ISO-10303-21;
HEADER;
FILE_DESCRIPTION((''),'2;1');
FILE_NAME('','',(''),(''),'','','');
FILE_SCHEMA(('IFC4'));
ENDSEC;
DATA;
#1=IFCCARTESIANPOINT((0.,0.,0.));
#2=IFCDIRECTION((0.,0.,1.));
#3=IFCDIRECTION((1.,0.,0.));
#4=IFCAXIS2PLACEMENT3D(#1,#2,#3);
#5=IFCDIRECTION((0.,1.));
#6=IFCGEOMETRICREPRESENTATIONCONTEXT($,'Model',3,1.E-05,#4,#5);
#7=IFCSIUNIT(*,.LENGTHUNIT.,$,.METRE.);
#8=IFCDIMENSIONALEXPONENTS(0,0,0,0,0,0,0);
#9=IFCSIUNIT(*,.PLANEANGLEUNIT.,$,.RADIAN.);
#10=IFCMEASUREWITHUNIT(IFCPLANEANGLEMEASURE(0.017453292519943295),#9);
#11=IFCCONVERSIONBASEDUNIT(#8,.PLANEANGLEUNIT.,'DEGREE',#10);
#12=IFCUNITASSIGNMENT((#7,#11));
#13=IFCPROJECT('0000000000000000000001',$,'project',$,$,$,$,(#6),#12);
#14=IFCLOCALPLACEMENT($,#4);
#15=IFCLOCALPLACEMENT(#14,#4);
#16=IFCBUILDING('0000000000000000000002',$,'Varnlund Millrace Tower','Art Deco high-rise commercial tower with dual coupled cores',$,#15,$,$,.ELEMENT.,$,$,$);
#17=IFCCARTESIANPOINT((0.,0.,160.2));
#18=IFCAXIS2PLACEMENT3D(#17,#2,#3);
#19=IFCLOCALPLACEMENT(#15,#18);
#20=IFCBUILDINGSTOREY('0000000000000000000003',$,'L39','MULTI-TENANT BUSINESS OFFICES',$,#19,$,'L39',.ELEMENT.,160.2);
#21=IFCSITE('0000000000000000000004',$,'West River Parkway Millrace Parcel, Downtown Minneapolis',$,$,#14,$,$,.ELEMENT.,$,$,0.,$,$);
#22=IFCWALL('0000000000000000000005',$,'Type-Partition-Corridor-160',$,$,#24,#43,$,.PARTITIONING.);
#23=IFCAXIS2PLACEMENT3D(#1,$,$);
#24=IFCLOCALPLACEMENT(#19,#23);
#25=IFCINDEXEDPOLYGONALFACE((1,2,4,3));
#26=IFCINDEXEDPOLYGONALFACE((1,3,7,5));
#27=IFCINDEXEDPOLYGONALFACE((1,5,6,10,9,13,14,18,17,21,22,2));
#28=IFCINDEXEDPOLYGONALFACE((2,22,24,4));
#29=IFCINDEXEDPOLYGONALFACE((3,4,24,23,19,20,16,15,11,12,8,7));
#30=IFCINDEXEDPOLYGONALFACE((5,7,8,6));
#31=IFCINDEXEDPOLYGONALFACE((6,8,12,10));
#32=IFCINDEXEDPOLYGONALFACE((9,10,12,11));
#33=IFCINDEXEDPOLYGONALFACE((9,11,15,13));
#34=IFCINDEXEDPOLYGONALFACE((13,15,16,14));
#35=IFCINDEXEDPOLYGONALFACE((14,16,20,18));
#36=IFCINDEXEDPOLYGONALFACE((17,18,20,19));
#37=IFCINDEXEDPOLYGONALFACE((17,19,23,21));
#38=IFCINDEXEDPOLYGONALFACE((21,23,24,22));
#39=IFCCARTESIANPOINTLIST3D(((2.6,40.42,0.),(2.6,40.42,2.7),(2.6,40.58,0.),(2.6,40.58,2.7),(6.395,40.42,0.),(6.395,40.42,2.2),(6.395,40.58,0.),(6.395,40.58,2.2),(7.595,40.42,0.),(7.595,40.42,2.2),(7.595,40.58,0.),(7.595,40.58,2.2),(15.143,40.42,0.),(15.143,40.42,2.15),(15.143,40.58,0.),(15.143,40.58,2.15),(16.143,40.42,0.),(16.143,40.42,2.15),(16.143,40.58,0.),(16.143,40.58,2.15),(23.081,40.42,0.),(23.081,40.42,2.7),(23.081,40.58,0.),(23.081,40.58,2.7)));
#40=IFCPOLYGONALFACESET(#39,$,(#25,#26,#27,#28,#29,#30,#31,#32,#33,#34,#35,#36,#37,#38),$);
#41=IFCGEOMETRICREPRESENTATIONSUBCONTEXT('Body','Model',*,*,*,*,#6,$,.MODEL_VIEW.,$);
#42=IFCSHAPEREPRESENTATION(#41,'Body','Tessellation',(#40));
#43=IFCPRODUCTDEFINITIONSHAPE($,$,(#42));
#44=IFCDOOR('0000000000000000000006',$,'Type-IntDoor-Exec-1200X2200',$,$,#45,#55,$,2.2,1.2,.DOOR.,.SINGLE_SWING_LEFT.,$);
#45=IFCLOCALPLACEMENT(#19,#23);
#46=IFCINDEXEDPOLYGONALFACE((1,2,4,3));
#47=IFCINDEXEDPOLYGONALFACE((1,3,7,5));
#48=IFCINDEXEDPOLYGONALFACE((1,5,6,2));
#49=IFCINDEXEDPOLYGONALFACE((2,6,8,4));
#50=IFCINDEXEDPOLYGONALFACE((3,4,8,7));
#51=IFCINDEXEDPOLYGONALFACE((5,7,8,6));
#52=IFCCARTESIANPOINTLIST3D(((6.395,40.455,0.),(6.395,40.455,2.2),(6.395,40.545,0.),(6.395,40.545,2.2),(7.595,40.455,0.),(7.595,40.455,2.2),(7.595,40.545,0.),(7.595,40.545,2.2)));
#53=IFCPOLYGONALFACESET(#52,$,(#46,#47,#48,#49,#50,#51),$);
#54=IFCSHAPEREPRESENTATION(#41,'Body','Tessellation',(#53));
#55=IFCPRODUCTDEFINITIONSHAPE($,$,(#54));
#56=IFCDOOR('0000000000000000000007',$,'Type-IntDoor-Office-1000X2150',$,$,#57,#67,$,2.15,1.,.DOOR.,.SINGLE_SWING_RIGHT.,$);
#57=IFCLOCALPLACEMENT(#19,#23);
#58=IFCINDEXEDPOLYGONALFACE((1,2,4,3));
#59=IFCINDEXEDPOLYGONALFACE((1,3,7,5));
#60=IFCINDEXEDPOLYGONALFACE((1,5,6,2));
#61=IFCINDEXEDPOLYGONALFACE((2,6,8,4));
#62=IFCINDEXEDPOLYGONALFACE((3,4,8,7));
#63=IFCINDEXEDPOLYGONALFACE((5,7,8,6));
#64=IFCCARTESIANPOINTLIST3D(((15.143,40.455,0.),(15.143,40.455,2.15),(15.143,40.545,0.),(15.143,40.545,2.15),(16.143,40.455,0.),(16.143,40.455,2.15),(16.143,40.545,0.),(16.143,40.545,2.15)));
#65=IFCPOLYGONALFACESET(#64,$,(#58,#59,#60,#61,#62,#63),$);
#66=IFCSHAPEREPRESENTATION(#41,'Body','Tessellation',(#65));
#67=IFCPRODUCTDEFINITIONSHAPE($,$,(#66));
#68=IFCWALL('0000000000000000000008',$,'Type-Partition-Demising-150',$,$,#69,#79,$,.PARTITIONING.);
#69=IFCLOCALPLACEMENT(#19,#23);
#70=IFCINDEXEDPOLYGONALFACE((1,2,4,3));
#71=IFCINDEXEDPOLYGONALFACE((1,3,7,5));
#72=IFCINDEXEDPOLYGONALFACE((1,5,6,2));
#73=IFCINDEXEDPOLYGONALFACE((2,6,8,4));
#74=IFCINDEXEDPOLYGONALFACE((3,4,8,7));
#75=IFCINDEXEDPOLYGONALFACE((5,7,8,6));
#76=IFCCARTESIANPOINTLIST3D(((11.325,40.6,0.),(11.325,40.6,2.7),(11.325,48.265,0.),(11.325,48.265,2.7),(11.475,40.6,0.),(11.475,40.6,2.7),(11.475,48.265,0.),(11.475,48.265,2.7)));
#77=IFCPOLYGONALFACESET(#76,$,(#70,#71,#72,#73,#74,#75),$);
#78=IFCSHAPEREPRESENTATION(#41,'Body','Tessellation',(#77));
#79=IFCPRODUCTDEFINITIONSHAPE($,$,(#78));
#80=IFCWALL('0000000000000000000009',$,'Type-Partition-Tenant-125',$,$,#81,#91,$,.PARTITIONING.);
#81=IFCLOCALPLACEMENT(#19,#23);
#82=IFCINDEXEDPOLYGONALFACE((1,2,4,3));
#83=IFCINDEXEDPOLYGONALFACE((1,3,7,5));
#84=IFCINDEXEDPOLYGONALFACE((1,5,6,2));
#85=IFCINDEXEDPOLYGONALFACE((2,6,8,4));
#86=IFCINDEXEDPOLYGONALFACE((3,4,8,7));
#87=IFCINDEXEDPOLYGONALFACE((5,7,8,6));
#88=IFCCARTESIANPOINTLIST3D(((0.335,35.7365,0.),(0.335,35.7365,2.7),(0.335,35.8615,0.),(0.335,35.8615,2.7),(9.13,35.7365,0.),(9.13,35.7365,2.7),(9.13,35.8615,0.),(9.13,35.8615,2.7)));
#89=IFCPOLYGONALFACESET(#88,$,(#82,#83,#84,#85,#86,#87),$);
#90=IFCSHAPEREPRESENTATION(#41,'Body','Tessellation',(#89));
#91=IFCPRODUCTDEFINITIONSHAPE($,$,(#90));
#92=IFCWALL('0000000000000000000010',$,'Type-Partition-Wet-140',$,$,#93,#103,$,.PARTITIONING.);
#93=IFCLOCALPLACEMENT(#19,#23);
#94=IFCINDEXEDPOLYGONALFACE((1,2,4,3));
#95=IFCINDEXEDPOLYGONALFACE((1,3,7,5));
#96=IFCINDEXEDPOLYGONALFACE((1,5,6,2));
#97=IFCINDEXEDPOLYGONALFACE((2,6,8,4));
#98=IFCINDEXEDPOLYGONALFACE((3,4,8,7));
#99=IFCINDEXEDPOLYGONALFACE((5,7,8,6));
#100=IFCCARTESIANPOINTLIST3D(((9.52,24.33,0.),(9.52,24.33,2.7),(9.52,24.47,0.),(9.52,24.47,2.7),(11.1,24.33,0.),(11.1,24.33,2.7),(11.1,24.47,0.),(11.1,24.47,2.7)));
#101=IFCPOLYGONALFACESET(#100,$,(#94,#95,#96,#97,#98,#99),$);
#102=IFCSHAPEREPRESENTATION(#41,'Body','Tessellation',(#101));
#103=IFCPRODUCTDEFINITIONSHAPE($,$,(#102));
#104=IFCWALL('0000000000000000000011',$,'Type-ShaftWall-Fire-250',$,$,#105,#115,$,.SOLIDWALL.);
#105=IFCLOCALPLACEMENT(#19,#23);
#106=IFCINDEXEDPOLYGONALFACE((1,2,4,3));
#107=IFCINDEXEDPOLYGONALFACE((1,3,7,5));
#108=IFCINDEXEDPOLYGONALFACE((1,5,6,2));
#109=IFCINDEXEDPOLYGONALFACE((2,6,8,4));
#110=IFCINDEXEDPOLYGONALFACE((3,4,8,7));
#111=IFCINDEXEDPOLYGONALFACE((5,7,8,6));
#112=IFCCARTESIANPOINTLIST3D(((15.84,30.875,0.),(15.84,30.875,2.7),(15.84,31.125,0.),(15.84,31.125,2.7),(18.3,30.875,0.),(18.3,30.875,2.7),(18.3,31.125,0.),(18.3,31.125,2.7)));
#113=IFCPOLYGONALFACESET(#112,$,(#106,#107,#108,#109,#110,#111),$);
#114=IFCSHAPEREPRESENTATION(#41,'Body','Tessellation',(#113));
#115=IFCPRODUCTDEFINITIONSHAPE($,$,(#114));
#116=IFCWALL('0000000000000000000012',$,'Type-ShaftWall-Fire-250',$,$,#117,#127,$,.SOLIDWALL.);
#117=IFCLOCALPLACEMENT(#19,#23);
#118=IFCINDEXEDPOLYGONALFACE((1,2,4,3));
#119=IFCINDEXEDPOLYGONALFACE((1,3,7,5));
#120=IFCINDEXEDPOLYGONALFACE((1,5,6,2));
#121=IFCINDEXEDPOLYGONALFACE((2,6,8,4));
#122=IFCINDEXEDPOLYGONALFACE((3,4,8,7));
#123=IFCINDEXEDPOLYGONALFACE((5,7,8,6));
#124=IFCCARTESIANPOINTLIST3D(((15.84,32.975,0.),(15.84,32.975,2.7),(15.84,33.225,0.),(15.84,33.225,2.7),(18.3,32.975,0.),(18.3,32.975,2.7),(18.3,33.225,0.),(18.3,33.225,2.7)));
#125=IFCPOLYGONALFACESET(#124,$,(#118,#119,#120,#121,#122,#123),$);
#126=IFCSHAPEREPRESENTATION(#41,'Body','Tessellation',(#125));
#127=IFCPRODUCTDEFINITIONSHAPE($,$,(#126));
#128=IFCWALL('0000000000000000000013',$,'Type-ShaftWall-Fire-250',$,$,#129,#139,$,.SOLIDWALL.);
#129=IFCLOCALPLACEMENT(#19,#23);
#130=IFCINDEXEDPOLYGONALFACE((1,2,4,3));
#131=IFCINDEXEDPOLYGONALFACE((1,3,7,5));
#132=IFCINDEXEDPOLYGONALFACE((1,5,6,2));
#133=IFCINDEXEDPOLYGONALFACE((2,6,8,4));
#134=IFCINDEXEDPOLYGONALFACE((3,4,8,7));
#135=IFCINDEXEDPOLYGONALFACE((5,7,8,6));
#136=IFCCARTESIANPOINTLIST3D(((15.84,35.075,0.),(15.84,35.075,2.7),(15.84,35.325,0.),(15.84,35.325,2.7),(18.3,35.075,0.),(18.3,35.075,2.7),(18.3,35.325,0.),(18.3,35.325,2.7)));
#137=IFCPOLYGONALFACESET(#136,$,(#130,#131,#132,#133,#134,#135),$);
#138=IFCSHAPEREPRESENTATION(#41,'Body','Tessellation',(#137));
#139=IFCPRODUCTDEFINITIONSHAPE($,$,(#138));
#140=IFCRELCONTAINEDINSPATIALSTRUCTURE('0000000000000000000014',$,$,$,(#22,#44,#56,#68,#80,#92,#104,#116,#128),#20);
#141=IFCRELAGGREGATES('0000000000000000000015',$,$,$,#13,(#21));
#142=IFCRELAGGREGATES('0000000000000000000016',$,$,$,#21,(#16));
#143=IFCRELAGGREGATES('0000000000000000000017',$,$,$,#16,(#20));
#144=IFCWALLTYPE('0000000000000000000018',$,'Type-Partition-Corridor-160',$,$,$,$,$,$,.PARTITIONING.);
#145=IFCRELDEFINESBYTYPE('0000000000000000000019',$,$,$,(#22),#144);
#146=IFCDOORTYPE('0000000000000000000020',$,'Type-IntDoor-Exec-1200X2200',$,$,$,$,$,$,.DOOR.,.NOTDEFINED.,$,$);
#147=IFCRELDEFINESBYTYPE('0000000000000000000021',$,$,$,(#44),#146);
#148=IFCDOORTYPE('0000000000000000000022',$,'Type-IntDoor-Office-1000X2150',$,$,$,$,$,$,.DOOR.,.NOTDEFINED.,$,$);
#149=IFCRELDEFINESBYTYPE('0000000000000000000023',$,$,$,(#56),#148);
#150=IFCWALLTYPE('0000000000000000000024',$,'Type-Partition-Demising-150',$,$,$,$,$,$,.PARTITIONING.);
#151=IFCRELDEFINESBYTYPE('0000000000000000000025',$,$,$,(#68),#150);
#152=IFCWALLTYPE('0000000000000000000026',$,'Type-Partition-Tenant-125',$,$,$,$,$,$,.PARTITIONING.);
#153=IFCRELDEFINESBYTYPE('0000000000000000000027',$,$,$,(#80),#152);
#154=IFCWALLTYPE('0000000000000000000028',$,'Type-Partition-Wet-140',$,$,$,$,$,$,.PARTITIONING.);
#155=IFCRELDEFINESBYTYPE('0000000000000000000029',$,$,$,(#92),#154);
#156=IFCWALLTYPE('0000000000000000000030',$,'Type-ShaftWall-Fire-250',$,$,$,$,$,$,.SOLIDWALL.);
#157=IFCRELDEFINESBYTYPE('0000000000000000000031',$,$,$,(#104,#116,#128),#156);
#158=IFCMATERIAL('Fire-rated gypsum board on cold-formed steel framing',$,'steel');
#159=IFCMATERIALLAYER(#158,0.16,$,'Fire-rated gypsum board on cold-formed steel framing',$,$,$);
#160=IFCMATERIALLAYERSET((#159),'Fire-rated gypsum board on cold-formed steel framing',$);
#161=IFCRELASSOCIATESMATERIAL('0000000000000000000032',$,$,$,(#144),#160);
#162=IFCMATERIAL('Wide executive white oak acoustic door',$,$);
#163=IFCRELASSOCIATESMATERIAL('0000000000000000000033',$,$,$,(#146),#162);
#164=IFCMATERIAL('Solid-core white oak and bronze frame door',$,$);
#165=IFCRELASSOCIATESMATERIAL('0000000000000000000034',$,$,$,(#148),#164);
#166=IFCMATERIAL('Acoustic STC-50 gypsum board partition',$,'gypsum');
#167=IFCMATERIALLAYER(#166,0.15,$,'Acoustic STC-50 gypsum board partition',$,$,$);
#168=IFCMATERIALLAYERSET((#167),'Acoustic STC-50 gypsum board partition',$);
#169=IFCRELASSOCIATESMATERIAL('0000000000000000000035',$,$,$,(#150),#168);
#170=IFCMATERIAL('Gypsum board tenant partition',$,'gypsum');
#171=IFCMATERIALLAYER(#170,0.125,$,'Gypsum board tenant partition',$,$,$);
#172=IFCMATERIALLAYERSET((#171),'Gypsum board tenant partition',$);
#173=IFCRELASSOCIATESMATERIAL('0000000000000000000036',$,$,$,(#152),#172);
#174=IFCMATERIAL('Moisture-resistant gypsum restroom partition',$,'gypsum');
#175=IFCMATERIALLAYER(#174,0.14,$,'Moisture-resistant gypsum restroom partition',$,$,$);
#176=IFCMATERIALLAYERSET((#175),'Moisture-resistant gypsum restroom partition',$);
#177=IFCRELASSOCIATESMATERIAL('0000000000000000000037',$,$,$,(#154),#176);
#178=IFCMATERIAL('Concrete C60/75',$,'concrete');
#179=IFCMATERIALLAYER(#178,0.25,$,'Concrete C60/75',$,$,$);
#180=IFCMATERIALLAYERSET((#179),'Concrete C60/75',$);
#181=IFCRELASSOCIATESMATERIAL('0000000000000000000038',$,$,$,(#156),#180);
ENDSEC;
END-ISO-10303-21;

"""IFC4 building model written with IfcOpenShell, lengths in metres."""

from ifc_helpers import new_model, entity, si_unit, converted_unit, direction, frame, origin_with_axes, origin_2d_with_axis, place, context, subcontext, project, spatial, polyline, rectangle, outline, extrude, material, layer, layer_set, type_object, element, fill, save


model = new_model("IFC4")

# Units and contexts
model_context = context("Model", 3, precision=1e-05, world=origin_with_axes(), true_north=direction((0.0, 1.0)))
body_context = subcontext(model_context, "Body", "Model", "MODEL_VIEW")
ifc_project = project(units=[si_unit("LENGTHUNIT", "METRE"), converted_unit("PLANEANGLEUNIT", "DEGREE", entity("IfcPlaneAngleMeasure", 0.017453292519943295), si_unit("PLANEANGLEUNIT", "RADIAN"), dimensions=[0, 0, 0, 0, 0, 0, 0])], contexts=[model_context])

# Site, building, storey
site_placement = place(None, origin_with_axes())
site = spatial("IfcSite", under=ifc_project, at=site_placement, Name="West River Parkway Millrace Parcel, Downtown Minneapolis", CompositionType="ELEMENT", RefElevation=0.0)
building_placement = place(site_placement, origin_with_axes())
building = spatial("IfcBuilding", under=site, at=building_placement, Name="Varnlund Millrace Tower", Description="Art Deco high-rise commercial tower with dual coupled cores", CompositionType="ELEMENT")
storey_placement = place(building_placement, frame((0.0, 0.0, 160.2), z_axis=(0.0, 0.0, 1.0), x_axis=(1.0, 0.0, 0.0)))
storey = spatial("IfcBuildingStorey", under=building, at=storey_placement, Name="L39", Description="MULTI-TENANT BUSINESS OFFICES", LongName="L39", CompositionType="ELEMENT", Elevation=160.2)

# Shared definitions
ifc_material_1 = material(Name="Fire-rated gypsum board on cold-formed steel framing", Category="steel")
ifc_layer_1 = layer(ifc_material_1, 0.16, Name="Fire-rated gypsum board on cold-formed steel framing")
ifc_layer_set_1 = layer_set([ifc_layer_1], Name="Fire-rated gypsum board on cold-formed steel framing")
wall_type_1 = type_object("IfcWallType", Name="Type-Partition-Corridor-160", PredefinedType="PARTITIONING", material=ifc_layer_set_1)

# Wall, openings, doors
wall_1_placement = place(storey_placement, frame((2.6, 40.5, 0.0), z_axis=(0.0, 0.0, 1.0), x_axis=(1.0, 0.0, 0.0)))
wall_1 = element("IfcWall", 1, at=wall_1_placement, inside=storey, type_object=wall_type_1, Name="Type-Partition-Corridor-160", PredefinedType="PARTITIONING", context=body_context, shape_type="SweptSolid", body=[
    extrude(outline(polyline([(0.0, -0.08), (20.481, -0.08), (20.481, 0.08), (0.0, 0.08), (0.0, -0.08)])), origin_with_axes(), (0.0, 0.0, 1.0), 2.7),
])
opening_1_placement = place(wall_1_placement, frame((4.395, 0.0, 0.0), z_axis=(0.0, 0.0, 1.0), x_axis=(1.0, 0.0, 0.0)))
opening_1 = element("IfcOpeningElement", 2, at=opening_1_placement, cuts=wall_1, PredefinedType="OPENING", context=body_context, shape_type="SweptSolid", body=[
    extrude(rectangle(XDim=1.2, YDim=0.18, at=origin_2d_with_axis()), origin_with_axes(), (0.0, 0.0, 1.0), 2.2),
])
opening_2_placement = place(wall_1_placement, frame((13.043, 0.0, 0.0), z_axis=(0.0, 0.0, 1.0), x_axis=(1.0, 0.0, 0.0)))
opening_2 = element("IfcOpeningElement", 3, at=opening_2_placement, cuts=wall_1, PredefinedType="OPENING", context=body_context, shape_type="SweptSolid", body=[
    extrude(rectangle(XDim=1.0, YDim=0.18, at=origin_2d_with_axis()), origin_with_axes(), (0.0, 0.0, 1.0), 2.15),
])
ifc_material_2 = material(Name="Wide executive white oak acoustic door")
door_type_1 = type_object("IfcDoorType", Name="Type-IntDoor-Exec-1200X2200", OperationType="NOTDEFINED", PredefinedType="DOOR", material=ifc_material_2)
door_1_placement = place(wall_1_placement, frame((4.395, 0.0, 0.0), z_axis=(0.0, 0.0, 1.0), x_axis=(1.0, 0.0, 0.0)))
door_1 = element("IfcDoor", 4, at=door_1_placement, inside=storey, type_object=door_type_1, Name="Type-IntDoor-Exec-1200X2200", OperationType="SINGLE_SWING_LEFT", OverallHeight=2.2, OverallWidth=1.2, PredefinedType="DOOR", context=body_context, shape_type="SweptSolid", body=[
    extrude(rectangle(XDim=1.2, YDim=0.09, at=origin_2d_with_axis()), origin_with_axes(), (0.0, 0.0, 1.0), 2.2),
])
fill(opening_1, door_1)
ifc_material_3 = material(Name="Solid-core white oak and bronze frame door")
door_type_2 = type_object("IfcDoorType", Name="Type-IntDoor-Office-1000X2150", OperationType="NOTDEFINED", PredefinedType="DOOR", material=ifc_material_3)
door_2_placement = place(wall_1_placement, frame((13.043, 0.0, 0.0), z_axis=(0.0, 0.0, 1.0), x_axis=(1.0, 0.0, 0.0)))
door_2 = element("IfcDoor", 5, at=door_2_placement, inside=storey, type_object=door_type_2, Name="Type-IntDoor-Office-1000X2150", OperationType="SINGLE_SWING_RIGHT", OverallHeight=2.15, OverallWidth=1.0, PredefinedType="DOOR", context=body_context, shape_type="SweptSolid", body=[
    extrude(rectangle(XDim=1.0, YDim=0.09, at=origin_2d_with_axis()), origin_with_axes(), (0.0, 0.0, 1.0), 2.15),
])
fill(opening_2, door_2)

# Walls
ifc_material_4 = material(Name="Acoustic STC-50 gypsum board partition", Category="gypsum")
ifc_layer_2 = layer(ifc_material_4, 0.15, Name="Acoustic STC-50 gypsum board partition")
ifc_layer_set_2 = layer_set([ifc_layer_2], Name="Acoustic STC-50 gypsum board partition")
wall_type_2 = type_object("IfcWallType", Name="Type-Partition-Demising-150", PredefinedType="PARTITIONING", material=ifc_layer_set_2)
wall_2_placement = place(storey_placement, frame((11.4, 40.6, 0.0), z_axis=(0.0, 0.0, 1.0), x_axis=(0.0, 1.0, 0.0)))
element("IfcWall", 6, at=wall_2_placement, inside=storey, type_object=wall_type_2, Name="Type-Partition-Demising-150", PredefinedType="PARTITIONING", context=body_context, shape_type="SweptSolid", body=[
    extrude(outline(polyline([(0.0, -0.075), (7.665, -0.075), (7.665, 0.075), (0.0, 0.075), (0.0, -0.075)])), origin_with_axes(), (0.0, 0.0, 1.0), 2.7),
])
ifc_material_5 = material(Name="Gypsum board tenant partition", Category="gypsum")
ifc_layer_3 = layer(ifc_material_5, 0.125, Name="Gypsum board tenant partition")
ifc_layer_set_3 = layer_set([ifc_layer_3], Name="Gypsum board tenant partition")
wall_type_3 = type_object("IfcWallType", Name="Type-Partition-Tenant-125", PredefinedType="PARTITIONING", material=ifc_layer_set_3)
wall_3_placement = place(storey_placement, frame((0.335, 35.799, 0.0), z_axis=(0.0, 0.0, 1.0), x_axis=(1.0, 0.0, 0.0)))
element("IfcWall", 7, at=wall_3_placement, inside=storey, type_object=wall_type_3, Name="Type-Partition-Tenant-125", PredefinedType="PARTITIONING", context=body_context, shape_type="SweptSolid", body=[
    extrude(outline(polyline([(0.0, -0.0625), (8.795, -0.0625), (8.795, 0.0625), (0.0, 0.0625), (0.0, -0.0625)])), origin_with_axes(), (0.0, 0.0, 1.0), 2.7),
])
ifc_material_6 = material(Name="Moisture-resistant gypsum restroom partition", Category="gypsum")
ifc_layer_4 = layer(ifc_material_6, 0.14, Name="Moisture-resistant gypsum restroom partition")
ifc_layer_set_4 = layer_set([ifc_layer_4], Name="Moisture-resistant gypsum restroom partition")
wall_type_4 = type_object("IfcWallType", Name="Type-Partition-Wet-140", PredefinedType="PARTITIONING", material=ifc_layer_set_4)
wall_4_placement = place(storey_placement, frame((9.52, 24.4, 0.0), z_axis=(0.0, 0.0, 1.0), x_axis=(1.0, 0.0, 0.0)))
element("IfcWall", 8, at=wall_4_placement, inside=storey, type_object=wall_type_4, Name="Type-Partition-Wet-140", PredefinedType="PARTITIONING", context=body_context, shape_type="SweptSolid", body=[
    extrude(outline(polyline([(0.0, -0.07), (1.58, -0.07), (1.58, 0.07), (0.0, 0.07), (0.0, -0.07)])), origin_with_axes(), (0.0, 0.0, 1.0), 2.7),
])
ifc_material_7 = material(Name="Concrete C60/75", Category="concrete")
ifc_layer_5 = layer(ifc_material_7, 0.25, Name="Concrete C60/75")
ifc_layer_set_5 = layer_set([ifc_layer_5], Name="Concrete C60/75")
wall_type_5 = type_object("IfcWallType", Name="Type-ShaftWall-Fire-250", PredefinedType="SOLIDWALL", material=ifc_layer_set_5)
for number, where, z_axis, x_axis, name in (
    (9, (15.84, 31.0, 0.0), (0.0, 0.0, 1.0), (1.0, 0.0, 0.0), "Type-ShaftWall-Fire-250"),
    (10, (15.84, 33.1, 0.0), (0.0, 0.0, 1.0), (1.0, 0.0, 0.0), "Type-ShaftWall-Fire-250"),
    (11, (15.84, 35.2, 0.0), (0.0, 0.0, 1.0), (1.0, 0.0, 0.0), "Type-ShaftWall-Fire-250"),
):
    element("IfcWall", number, at=place(storey_placement, frame(where, z_axis=z_axis, x_axis=x_axis)), inside=storey, type_object=wall_type_5, Name=name, PredefinedType="SOLIDWALL", context=body_context, shape_type="SweptSolid", body=[
        extrude(outline(polyline([(0.0, -0.125), (2.46, -0.125), (2.46, 0.125), (0.0, 0.125), (0.0, -0.125)])), origin_with_axes(), (0.0, 0.0, 1.0), 2.7),
    ])

save(model, "model.ifc")
